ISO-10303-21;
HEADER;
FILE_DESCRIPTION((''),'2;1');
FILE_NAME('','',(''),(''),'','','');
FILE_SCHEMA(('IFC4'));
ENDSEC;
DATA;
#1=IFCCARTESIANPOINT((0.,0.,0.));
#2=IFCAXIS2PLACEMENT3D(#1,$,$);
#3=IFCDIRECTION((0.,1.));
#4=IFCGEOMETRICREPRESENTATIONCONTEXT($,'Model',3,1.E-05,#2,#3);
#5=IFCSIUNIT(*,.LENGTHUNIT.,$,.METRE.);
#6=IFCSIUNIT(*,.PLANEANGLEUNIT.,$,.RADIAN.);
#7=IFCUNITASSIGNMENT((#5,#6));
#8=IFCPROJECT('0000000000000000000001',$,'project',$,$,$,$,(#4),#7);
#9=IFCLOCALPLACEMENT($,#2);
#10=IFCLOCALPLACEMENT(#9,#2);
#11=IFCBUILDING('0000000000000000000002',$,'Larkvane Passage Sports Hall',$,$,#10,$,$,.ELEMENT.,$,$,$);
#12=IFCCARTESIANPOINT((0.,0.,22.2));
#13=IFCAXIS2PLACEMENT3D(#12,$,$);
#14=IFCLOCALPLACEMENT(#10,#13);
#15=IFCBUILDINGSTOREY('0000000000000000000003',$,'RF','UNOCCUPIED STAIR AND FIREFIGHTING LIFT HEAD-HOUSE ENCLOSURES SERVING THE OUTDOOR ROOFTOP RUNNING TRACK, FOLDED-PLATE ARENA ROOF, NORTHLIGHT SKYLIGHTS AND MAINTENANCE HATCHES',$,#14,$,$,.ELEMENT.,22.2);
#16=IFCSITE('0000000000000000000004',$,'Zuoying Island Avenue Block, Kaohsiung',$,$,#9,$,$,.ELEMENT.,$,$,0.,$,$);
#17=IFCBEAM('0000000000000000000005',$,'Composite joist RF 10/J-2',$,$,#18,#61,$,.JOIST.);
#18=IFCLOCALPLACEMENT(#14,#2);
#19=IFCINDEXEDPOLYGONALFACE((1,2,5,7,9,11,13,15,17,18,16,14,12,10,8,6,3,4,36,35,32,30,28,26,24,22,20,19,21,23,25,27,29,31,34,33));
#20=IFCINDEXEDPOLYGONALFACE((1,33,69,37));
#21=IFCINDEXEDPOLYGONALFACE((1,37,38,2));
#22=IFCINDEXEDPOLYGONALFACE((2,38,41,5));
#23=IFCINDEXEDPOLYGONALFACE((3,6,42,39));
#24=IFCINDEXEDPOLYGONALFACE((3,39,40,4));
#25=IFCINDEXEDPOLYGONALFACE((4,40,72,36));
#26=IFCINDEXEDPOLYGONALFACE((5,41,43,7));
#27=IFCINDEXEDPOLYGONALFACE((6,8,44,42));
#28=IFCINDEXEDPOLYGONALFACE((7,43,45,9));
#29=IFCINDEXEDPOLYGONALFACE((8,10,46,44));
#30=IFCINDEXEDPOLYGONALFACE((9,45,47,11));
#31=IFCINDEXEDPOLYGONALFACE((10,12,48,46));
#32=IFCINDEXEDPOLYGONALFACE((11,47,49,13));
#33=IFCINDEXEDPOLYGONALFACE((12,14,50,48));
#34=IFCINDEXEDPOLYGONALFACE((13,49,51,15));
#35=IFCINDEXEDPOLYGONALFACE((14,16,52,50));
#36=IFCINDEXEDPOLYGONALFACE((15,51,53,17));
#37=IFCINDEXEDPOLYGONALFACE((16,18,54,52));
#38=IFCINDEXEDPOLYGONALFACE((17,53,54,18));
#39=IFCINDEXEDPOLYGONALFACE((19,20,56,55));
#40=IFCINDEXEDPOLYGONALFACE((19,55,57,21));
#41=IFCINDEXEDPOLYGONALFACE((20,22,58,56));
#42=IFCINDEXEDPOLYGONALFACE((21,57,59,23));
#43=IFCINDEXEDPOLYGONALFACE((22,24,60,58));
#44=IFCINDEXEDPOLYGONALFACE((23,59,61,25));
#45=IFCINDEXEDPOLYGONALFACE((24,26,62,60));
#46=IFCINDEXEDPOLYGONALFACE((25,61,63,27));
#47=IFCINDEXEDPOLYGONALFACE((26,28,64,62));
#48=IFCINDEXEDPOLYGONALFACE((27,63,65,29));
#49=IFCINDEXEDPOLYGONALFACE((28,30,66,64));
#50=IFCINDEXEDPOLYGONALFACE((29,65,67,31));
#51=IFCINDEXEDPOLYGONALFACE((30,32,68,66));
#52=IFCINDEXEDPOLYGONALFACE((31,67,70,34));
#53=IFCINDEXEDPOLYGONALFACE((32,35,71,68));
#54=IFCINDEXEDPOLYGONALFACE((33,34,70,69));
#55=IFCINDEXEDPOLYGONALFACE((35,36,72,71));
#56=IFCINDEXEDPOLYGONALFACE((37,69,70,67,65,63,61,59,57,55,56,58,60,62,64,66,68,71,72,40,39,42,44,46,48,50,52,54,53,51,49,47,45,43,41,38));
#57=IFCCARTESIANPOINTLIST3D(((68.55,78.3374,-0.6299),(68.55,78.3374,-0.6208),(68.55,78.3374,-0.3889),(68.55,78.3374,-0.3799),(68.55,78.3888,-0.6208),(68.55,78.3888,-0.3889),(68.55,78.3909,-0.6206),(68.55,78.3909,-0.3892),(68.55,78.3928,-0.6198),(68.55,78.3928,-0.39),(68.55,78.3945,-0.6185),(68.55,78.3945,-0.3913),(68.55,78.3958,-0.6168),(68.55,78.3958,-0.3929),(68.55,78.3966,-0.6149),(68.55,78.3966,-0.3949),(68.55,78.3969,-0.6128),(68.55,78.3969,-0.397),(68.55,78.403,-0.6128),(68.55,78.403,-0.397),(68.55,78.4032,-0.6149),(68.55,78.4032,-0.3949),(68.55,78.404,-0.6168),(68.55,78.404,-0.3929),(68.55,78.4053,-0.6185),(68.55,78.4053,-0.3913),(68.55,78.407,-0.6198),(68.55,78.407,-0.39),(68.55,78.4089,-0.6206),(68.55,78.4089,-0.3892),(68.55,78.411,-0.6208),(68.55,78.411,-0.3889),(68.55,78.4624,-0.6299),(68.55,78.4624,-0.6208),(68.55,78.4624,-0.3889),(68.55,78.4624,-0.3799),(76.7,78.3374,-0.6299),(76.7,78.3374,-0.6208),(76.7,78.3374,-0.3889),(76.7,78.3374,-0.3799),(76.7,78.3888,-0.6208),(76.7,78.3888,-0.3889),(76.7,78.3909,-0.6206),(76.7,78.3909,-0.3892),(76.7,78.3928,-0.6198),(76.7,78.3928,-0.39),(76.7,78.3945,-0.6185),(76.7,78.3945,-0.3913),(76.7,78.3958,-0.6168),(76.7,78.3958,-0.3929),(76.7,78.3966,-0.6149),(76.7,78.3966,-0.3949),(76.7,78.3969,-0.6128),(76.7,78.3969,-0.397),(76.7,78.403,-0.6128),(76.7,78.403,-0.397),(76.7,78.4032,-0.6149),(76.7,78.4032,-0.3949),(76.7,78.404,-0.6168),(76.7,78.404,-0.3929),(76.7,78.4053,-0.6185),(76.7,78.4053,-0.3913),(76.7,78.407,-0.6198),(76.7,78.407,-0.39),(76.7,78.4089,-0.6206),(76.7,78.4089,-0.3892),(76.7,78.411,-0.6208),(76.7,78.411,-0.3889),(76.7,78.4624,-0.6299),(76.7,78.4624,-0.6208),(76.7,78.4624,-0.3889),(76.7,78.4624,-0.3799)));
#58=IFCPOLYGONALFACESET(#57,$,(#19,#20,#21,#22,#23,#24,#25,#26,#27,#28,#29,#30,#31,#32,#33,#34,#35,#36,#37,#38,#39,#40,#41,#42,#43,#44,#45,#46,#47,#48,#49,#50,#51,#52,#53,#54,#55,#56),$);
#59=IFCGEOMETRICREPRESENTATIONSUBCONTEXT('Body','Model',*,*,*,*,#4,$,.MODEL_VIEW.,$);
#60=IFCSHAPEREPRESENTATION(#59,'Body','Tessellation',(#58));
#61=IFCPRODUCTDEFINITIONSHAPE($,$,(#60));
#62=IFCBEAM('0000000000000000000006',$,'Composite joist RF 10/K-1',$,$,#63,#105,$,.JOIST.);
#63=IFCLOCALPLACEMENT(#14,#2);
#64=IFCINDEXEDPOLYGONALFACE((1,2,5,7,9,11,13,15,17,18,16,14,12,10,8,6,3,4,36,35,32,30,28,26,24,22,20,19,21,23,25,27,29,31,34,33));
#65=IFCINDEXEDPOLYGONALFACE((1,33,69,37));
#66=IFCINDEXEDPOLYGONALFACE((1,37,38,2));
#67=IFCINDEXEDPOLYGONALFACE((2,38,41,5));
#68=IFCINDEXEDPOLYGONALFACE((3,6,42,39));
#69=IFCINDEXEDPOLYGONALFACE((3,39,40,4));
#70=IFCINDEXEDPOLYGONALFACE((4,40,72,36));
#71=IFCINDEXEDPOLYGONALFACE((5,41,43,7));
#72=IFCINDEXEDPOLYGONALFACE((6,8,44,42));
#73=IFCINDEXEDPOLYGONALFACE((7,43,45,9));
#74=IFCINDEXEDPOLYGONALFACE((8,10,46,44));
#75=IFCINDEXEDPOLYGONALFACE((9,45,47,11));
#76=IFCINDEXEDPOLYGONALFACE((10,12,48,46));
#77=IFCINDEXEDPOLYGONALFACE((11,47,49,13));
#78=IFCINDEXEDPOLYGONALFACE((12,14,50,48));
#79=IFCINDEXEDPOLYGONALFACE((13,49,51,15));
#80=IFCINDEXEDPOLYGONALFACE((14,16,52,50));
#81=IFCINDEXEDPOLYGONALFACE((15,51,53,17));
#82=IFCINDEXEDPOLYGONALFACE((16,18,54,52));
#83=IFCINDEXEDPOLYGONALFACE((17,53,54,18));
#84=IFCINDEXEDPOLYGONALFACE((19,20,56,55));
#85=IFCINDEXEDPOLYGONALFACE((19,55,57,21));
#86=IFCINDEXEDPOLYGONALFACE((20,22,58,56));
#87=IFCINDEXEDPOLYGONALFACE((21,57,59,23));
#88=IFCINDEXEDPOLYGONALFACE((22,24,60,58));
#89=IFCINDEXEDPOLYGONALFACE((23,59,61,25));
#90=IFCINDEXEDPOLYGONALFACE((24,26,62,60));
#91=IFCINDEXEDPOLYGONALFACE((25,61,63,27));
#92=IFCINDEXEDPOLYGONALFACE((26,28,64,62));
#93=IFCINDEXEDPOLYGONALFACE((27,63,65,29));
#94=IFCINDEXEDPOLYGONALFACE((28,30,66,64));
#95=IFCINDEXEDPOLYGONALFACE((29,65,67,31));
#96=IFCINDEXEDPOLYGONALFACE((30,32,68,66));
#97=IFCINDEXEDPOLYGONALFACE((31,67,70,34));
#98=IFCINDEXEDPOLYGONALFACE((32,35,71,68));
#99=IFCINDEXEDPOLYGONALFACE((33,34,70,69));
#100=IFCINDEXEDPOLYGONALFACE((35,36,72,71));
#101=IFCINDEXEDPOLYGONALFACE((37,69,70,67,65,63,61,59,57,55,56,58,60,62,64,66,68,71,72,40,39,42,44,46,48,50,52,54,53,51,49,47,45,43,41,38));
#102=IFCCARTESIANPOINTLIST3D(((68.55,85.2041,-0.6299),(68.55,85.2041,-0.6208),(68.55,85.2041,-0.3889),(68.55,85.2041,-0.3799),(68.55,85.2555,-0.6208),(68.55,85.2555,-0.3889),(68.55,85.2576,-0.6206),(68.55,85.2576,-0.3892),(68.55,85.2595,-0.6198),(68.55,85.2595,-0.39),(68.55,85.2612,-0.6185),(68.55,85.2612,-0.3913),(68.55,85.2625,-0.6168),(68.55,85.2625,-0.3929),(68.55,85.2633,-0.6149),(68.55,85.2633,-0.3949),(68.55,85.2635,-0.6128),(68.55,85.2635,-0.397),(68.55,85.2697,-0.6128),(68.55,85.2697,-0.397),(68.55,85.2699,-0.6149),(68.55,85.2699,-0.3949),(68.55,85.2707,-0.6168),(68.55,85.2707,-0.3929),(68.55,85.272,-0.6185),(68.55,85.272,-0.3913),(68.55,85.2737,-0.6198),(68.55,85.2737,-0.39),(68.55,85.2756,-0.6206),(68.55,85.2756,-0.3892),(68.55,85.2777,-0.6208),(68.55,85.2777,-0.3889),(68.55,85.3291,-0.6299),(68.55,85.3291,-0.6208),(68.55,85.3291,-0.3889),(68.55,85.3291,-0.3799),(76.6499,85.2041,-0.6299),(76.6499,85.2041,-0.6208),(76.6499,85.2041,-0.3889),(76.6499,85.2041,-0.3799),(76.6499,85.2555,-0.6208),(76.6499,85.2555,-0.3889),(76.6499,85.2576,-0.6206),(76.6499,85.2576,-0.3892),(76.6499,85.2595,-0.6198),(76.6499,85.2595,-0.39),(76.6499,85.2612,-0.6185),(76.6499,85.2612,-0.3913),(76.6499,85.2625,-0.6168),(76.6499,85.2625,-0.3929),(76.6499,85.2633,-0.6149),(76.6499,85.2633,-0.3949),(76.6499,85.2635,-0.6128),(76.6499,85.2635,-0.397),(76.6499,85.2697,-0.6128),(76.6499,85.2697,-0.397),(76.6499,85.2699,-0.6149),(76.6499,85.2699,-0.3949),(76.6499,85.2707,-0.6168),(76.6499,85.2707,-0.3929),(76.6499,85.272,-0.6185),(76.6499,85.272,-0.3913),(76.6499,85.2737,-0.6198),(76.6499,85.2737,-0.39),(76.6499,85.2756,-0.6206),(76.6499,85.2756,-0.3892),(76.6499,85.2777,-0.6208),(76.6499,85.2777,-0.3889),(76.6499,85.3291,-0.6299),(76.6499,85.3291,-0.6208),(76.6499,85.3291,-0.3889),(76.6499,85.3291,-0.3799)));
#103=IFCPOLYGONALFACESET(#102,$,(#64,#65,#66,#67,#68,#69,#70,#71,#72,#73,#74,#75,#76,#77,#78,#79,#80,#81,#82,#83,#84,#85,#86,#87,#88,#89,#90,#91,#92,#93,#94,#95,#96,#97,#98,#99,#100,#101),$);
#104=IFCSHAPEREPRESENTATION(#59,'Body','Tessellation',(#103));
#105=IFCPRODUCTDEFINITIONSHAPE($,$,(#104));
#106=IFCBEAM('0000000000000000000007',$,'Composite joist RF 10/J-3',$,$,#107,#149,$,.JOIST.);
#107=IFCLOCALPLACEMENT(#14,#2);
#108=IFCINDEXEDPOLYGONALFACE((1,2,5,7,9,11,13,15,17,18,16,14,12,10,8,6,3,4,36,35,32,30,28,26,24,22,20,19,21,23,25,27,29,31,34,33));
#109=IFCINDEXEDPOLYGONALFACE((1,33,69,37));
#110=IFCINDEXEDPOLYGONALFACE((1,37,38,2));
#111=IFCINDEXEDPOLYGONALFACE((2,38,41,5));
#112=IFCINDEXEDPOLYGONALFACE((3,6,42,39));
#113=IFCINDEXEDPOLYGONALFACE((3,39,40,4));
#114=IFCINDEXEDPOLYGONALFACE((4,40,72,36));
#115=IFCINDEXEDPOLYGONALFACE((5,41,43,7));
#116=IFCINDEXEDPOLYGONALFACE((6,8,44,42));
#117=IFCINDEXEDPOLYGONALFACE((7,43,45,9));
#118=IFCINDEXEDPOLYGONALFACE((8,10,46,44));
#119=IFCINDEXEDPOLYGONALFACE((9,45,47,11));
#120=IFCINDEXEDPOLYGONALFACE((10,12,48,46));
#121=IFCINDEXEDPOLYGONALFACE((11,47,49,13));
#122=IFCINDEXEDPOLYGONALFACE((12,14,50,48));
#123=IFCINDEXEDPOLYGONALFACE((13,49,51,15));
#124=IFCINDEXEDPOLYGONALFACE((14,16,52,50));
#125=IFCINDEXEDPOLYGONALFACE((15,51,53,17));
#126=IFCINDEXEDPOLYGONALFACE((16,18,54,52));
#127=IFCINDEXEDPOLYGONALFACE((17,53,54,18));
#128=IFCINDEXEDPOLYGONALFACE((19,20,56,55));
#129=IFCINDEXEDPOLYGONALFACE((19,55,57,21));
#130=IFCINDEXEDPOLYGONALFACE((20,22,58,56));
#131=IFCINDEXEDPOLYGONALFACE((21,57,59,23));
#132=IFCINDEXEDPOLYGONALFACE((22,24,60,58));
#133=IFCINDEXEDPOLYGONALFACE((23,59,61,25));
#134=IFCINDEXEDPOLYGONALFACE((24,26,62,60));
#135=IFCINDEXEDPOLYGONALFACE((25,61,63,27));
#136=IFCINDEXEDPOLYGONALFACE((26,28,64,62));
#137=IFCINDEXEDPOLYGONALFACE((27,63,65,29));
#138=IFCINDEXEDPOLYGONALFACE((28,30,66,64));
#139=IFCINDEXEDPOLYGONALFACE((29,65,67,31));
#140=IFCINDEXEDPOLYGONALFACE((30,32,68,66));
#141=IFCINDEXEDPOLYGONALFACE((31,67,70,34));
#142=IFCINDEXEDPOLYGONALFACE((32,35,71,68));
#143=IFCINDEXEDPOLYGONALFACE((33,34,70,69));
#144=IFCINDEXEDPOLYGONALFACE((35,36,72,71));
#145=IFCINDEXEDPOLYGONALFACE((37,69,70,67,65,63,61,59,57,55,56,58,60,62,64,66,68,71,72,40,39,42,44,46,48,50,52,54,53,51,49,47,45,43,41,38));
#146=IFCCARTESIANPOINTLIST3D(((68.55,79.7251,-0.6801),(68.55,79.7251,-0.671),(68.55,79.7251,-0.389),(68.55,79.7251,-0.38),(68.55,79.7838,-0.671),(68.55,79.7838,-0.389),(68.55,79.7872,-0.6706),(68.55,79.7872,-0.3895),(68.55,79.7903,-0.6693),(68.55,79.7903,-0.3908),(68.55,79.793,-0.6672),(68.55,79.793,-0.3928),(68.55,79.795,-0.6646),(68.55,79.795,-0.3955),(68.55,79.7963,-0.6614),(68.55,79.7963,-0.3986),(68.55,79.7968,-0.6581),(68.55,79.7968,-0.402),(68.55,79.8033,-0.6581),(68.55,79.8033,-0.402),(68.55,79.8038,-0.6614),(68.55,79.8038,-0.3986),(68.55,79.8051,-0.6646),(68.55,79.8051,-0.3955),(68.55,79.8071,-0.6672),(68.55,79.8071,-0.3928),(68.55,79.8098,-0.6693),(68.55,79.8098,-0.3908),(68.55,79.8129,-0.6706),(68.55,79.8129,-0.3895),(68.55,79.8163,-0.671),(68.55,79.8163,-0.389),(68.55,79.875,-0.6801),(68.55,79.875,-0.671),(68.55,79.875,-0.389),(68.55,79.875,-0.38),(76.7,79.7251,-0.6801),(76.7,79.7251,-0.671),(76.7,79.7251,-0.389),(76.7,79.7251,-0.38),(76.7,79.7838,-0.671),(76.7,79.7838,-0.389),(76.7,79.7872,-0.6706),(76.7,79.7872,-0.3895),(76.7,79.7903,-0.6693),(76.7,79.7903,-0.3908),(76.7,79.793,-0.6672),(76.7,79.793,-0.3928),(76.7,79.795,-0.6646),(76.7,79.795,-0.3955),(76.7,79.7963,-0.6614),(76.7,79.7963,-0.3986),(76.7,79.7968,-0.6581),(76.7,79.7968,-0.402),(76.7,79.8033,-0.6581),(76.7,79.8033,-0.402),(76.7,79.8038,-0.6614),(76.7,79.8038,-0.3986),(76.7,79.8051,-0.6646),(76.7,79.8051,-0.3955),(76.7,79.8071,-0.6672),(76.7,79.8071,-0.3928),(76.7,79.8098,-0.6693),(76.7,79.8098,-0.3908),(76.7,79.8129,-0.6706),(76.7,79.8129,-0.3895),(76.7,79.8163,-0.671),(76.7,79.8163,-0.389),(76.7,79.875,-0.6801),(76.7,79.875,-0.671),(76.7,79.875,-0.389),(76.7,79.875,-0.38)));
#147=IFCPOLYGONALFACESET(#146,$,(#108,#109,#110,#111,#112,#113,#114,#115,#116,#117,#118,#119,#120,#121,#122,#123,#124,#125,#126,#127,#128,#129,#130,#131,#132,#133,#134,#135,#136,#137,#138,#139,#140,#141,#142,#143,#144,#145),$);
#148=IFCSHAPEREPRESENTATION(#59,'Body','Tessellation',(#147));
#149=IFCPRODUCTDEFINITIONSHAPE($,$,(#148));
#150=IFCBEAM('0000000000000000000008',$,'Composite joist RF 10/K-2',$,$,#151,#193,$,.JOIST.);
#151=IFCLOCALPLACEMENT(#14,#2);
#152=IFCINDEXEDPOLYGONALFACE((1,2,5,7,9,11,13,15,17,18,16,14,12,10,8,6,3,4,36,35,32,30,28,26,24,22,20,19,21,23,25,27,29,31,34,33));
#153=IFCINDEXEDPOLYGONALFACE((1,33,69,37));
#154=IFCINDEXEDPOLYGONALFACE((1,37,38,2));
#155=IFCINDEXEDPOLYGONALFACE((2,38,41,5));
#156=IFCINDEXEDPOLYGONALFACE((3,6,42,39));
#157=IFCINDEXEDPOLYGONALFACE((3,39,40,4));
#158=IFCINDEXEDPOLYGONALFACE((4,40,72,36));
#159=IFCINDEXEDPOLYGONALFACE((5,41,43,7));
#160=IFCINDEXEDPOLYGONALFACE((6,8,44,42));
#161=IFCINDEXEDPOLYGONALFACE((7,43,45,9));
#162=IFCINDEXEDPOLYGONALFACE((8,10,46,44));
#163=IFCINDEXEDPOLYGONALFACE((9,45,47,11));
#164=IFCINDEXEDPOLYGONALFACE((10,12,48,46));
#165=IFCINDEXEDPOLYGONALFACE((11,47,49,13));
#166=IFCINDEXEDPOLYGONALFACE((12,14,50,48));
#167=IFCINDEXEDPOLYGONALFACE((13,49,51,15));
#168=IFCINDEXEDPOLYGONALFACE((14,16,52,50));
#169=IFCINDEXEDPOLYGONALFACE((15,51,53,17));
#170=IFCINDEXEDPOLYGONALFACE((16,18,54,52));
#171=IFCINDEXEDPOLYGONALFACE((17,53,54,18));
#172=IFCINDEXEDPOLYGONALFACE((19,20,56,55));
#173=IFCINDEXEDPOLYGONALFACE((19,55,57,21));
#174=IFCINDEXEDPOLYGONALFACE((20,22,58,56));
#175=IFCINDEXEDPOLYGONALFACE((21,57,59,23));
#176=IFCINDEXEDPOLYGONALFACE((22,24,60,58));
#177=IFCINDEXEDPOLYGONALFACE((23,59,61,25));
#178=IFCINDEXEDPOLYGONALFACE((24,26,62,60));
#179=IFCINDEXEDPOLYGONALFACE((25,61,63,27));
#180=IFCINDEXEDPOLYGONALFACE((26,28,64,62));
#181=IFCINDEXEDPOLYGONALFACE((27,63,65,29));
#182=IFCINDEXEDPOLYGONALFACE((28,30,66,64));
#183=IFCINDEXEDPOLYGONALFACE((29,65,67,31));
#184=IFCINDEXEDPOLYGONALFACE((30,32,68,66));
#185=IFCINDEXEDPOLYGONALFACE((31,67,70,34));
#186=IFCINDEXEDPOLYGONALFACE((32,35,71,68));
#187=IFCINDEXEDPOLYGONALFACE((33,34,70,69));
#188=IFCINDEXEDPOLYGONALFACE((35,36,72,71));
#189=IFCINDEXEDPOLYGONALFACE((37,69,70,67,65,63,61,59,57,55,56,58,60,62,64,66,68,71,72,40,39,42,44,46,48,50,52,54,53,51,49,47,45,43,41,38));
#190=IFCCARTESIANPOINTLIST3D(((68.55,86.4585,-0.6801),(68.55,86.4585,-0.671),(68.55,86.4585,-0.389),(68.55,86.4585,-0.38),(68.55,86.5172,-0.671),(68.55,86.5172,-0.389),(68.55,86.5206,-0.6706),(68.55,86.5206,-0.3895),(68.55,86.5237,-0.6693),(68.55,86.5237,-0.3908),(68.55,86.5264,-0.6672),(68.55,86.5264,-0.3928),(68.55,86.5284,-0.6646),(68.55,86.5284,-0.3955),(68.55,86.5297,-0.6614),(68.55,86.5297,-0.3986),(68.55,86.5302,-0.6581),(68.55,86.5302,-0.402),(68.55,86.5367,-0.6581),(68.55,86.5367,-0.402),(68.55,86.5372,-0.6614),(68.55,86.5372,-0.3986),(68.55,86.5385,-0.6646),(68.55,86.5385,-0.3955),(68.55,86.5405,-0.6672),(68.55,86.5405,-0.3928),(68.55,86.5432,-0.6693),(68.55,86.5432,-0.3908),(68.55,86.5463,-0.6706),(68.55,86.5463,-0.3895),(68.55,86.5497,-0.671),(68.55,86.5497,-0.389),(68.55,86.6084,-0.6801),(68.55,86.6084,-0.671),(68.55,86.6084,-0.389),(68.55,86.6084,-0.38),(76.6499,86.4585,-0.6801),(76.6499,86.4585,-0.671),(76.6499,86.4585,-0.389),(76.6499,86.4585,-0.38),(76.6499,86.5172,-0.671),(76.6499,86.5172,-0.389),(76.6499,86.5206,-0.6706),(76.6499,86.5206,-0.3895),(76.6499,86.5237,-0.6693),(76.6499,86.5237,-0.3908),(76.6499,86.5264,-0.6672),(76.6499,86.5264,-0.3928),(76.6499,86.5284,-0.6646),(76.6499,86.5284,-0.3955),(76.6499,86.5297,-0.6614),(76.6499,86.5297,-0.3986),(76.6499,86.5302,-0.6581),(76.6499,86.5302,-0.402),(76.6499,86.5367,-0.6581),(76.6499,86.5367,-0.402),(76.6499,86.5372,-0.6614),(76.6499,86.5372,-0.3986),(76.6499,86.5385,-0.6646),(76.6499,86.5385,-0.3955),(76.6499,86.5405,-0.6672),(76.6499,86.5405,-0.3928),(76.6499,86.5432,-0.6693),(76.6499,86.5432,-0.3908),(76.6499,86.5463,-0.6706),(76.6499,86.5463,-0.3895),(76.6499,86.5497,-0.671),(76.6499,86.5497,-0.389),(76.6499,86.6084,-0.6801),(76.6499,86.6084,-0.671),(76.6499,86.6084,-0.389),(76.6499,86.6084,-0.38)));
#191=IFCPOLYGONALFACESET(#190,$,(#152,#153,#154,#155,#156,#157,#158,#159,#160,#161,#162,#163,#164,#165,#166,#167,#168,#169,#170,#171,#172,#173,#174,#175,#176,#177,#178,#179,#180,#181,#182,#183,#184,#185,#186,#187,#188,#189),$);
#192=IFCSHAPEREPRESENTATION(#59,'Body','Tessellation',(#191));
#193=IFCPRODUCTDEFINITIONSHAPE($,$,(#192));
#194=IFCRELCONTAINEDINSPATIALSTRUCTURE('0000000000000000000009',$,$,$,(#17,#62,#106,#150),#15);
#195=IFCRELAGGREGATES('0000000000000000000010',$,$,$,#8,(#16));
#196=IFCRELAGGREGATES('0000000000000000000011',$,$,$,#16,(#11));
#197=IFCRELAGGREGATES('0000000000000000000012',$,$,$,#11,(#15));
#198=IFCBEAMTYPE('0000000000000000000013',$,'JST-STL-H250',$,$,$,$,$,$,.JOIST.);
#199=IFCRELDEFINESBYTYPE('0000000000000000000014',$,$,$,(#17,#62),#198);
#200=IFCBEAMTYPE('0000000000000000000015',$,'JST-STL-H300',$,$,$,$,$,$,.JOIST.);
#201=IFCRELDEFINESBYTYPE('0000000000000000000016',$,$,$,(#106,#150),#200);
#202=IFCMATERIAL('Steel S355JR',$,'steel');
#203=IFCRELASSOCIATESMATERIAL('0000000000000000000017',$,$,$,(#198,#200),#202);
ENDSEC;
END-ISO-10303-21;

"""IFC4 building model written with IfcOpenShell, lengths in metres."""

from ifc_helpers import new_model, si_unit, direction, frame, origin, origin_2d, place, context, subcontext, project, spatial, i_section, extrude, material, material_profile, profile_set, type_object, element, save


model = new_model("IFC4")

# Units and contexts
model_context = context("Model", 3, precision=1e-05, world=origin(), true_north=direction((0.0, 1.0)))
body_context = subcontext(model_context, "Body", "Model", "MODEL_VIEW")
ifc_project = project(units=[si_unit("LENGTHUNIT", "METRE"), si_unit("PLANEANGLEUNIT", "RADIAN")], contexts=[model_context])

# Site, building, storey
site_placement = place(None, origin())
site = spatial("IfcSite", under=ifc_project, at=site_placement, Name="Zuoying Island Avenue Block, Kaohsiung", CompositionType="ELEMENT", RefElevation=0.0)
building_placement = place(site_placement, origin())
building = spatial("IfcBuilding", under=site, at=building_placement, Name="Larkvane Passage Sports Hall", CompositionType="ELEMENT")
storey_placement = place(building_placement, frame((0.0, 0.0, 22.2)))
storey = spatial("IfcBuildingStorey", under=building, at=storey_placement, Name="RF", Description="UNOCCUPIED STAIR AND FIREFIGHTING LIFT HEAD-HOUSE ENCLOSURES SERVING THE OUTDOOR ROOFTOP RUNNING TRACK, FOLDED-PLATE ARENA ROOF, NORTHLIGHT SKYLIGHTS AND MAINTENANCE HATCHES", CompositionType="ELEMENT", Elevation=22.2)

# Shared definitions
ifc_material_1 = material(Name="Steel S355JR", Category="steel")

# Beams
ifc_material_profile_1 = material_profile(ifc_material_1, i_section(OverallWidth=0.125, OverallDepth=0.25, WebThickness=0.0061, FlangeThickness=0.009, FilletRadius=0.0081, at=origin_2d()), Name="H-250x125x6x9")
ifc_profile_set_1 = profile_set([ifc_material_profile_1], Name="Steel S355JR")
beam_type_1 = type_object("IfcBeamType", Name="JST-STL-H250", PredefinedType="JOIST", material=ifc_profile_set_1)
beam_1_placement = place(storey_placement, frame((68.55, 78.3999, -0.5049), z_axis=(1.0, 0.0, 0.0), x_axis=(0.0, 1.0, 0.0)))
element("IfcBeam", 1, at=beam_1_placement, inside=storey, type_object=beam_type_1, Name="Composite joist RF 10/J-2", PredefinedType="JOIST", context=body_context, shape_type="SweptSolid", body=[
    extrude(i_section(OverallWidth=0.125, OverallDepth=0.25, WebThickness=0.0061, FlangeThickness=0.009, FilletRadius=0.0081, at=origin_2d()), origin(), (0.0, 0.0, 1.0), 8.1499),
])
beam_2_placement = place(storey_placement, frame((68.55, 85.2666, -0.5049), z_axis=(1.0, 0.0, 0.0), x_axis=(0.0, 1.0, 0.0)))
element("IfcBeam", 2, at=beam_2_placement, inside=storey, type_object=beam_type_1, Name="Composite joist RF 10/K-1", PredefinedType="JOIST", context=body_context, shape_type="SweptSolid", body=[
    extrude(i_section(OverallWidth=0.125, OverallDepth=0.25, WebThickness=0.0061, FlangeThickness=0.009, FilletRadius=0.0081, at=origin_2d()), origin(), (0.0, 0.0, 1.0), 8.0999),
])
ifc_material_profile_2 = material_profile(ifc_material_1, i_section(OverallWidth=0.1499, OverallDepth=0.3, WebThickness=0.0066, FlangeThickness=0.009, FilletRadius=0.0129, at=origin_2d()), Name="H-300x150x6.5x9")
ifc_profile_set_2 = profile_set([ifc_material_profile_2], Name="Steel S355JR")
beam_type_2 = type_object("IfcBeamType", Name="JST-STL-H300", PredefinedType="JOIST", material=ifc_profile_set_2)
beam_3_placement = place(storey_placement, frame((68.55, 79.8, -0.53), z_axis=(1.0, 0.0, 0.0), x_axis=(0.0, 1.0, 0.0)))
element("IfcBeam", 3, at=beam_3_placement, inside=storey, type_object=beam_type_2, Name="Composite joist RF 10/J-3", PredefinedType="JOIST", context=body_context, shape_type="SweptSolid", body=[
    extrude(i_section(OverallWidth=0.1499, OverallDepth=0.3, WebThickness=0.0066, FlangeThickness=0.009, FilletRadius=0.0129, at=origin_2d()), origin(), (0.0, 0.0, 1.0), 8.1499),
])
beam_4_placement = place(storey_placement, frame((68.55, 86.5334, -0.53), z_axis=(1.0, 0.0, 0.0), x_axis=(0.0, 1.0, 0.0)))
element("IfcBeam", 4, at=beam_4_placement, inside=storey, type_object=beam_type_2, Name="Composite joist RF 10/K-2", PredefinedType="JOIST", context=body_context, shape_type="SweptSolid", body=[
    extrude(i_section(OverallWidth=0.1499, OverallDepth=0.3, WebThickness=0.0066, FlangeThickness=0.009, FilletRadius=0.0129, at=origin_2d()), origin(), (0.0, 0.0, 1.0), 8.0999),
])

save(model, "model.ifc")
